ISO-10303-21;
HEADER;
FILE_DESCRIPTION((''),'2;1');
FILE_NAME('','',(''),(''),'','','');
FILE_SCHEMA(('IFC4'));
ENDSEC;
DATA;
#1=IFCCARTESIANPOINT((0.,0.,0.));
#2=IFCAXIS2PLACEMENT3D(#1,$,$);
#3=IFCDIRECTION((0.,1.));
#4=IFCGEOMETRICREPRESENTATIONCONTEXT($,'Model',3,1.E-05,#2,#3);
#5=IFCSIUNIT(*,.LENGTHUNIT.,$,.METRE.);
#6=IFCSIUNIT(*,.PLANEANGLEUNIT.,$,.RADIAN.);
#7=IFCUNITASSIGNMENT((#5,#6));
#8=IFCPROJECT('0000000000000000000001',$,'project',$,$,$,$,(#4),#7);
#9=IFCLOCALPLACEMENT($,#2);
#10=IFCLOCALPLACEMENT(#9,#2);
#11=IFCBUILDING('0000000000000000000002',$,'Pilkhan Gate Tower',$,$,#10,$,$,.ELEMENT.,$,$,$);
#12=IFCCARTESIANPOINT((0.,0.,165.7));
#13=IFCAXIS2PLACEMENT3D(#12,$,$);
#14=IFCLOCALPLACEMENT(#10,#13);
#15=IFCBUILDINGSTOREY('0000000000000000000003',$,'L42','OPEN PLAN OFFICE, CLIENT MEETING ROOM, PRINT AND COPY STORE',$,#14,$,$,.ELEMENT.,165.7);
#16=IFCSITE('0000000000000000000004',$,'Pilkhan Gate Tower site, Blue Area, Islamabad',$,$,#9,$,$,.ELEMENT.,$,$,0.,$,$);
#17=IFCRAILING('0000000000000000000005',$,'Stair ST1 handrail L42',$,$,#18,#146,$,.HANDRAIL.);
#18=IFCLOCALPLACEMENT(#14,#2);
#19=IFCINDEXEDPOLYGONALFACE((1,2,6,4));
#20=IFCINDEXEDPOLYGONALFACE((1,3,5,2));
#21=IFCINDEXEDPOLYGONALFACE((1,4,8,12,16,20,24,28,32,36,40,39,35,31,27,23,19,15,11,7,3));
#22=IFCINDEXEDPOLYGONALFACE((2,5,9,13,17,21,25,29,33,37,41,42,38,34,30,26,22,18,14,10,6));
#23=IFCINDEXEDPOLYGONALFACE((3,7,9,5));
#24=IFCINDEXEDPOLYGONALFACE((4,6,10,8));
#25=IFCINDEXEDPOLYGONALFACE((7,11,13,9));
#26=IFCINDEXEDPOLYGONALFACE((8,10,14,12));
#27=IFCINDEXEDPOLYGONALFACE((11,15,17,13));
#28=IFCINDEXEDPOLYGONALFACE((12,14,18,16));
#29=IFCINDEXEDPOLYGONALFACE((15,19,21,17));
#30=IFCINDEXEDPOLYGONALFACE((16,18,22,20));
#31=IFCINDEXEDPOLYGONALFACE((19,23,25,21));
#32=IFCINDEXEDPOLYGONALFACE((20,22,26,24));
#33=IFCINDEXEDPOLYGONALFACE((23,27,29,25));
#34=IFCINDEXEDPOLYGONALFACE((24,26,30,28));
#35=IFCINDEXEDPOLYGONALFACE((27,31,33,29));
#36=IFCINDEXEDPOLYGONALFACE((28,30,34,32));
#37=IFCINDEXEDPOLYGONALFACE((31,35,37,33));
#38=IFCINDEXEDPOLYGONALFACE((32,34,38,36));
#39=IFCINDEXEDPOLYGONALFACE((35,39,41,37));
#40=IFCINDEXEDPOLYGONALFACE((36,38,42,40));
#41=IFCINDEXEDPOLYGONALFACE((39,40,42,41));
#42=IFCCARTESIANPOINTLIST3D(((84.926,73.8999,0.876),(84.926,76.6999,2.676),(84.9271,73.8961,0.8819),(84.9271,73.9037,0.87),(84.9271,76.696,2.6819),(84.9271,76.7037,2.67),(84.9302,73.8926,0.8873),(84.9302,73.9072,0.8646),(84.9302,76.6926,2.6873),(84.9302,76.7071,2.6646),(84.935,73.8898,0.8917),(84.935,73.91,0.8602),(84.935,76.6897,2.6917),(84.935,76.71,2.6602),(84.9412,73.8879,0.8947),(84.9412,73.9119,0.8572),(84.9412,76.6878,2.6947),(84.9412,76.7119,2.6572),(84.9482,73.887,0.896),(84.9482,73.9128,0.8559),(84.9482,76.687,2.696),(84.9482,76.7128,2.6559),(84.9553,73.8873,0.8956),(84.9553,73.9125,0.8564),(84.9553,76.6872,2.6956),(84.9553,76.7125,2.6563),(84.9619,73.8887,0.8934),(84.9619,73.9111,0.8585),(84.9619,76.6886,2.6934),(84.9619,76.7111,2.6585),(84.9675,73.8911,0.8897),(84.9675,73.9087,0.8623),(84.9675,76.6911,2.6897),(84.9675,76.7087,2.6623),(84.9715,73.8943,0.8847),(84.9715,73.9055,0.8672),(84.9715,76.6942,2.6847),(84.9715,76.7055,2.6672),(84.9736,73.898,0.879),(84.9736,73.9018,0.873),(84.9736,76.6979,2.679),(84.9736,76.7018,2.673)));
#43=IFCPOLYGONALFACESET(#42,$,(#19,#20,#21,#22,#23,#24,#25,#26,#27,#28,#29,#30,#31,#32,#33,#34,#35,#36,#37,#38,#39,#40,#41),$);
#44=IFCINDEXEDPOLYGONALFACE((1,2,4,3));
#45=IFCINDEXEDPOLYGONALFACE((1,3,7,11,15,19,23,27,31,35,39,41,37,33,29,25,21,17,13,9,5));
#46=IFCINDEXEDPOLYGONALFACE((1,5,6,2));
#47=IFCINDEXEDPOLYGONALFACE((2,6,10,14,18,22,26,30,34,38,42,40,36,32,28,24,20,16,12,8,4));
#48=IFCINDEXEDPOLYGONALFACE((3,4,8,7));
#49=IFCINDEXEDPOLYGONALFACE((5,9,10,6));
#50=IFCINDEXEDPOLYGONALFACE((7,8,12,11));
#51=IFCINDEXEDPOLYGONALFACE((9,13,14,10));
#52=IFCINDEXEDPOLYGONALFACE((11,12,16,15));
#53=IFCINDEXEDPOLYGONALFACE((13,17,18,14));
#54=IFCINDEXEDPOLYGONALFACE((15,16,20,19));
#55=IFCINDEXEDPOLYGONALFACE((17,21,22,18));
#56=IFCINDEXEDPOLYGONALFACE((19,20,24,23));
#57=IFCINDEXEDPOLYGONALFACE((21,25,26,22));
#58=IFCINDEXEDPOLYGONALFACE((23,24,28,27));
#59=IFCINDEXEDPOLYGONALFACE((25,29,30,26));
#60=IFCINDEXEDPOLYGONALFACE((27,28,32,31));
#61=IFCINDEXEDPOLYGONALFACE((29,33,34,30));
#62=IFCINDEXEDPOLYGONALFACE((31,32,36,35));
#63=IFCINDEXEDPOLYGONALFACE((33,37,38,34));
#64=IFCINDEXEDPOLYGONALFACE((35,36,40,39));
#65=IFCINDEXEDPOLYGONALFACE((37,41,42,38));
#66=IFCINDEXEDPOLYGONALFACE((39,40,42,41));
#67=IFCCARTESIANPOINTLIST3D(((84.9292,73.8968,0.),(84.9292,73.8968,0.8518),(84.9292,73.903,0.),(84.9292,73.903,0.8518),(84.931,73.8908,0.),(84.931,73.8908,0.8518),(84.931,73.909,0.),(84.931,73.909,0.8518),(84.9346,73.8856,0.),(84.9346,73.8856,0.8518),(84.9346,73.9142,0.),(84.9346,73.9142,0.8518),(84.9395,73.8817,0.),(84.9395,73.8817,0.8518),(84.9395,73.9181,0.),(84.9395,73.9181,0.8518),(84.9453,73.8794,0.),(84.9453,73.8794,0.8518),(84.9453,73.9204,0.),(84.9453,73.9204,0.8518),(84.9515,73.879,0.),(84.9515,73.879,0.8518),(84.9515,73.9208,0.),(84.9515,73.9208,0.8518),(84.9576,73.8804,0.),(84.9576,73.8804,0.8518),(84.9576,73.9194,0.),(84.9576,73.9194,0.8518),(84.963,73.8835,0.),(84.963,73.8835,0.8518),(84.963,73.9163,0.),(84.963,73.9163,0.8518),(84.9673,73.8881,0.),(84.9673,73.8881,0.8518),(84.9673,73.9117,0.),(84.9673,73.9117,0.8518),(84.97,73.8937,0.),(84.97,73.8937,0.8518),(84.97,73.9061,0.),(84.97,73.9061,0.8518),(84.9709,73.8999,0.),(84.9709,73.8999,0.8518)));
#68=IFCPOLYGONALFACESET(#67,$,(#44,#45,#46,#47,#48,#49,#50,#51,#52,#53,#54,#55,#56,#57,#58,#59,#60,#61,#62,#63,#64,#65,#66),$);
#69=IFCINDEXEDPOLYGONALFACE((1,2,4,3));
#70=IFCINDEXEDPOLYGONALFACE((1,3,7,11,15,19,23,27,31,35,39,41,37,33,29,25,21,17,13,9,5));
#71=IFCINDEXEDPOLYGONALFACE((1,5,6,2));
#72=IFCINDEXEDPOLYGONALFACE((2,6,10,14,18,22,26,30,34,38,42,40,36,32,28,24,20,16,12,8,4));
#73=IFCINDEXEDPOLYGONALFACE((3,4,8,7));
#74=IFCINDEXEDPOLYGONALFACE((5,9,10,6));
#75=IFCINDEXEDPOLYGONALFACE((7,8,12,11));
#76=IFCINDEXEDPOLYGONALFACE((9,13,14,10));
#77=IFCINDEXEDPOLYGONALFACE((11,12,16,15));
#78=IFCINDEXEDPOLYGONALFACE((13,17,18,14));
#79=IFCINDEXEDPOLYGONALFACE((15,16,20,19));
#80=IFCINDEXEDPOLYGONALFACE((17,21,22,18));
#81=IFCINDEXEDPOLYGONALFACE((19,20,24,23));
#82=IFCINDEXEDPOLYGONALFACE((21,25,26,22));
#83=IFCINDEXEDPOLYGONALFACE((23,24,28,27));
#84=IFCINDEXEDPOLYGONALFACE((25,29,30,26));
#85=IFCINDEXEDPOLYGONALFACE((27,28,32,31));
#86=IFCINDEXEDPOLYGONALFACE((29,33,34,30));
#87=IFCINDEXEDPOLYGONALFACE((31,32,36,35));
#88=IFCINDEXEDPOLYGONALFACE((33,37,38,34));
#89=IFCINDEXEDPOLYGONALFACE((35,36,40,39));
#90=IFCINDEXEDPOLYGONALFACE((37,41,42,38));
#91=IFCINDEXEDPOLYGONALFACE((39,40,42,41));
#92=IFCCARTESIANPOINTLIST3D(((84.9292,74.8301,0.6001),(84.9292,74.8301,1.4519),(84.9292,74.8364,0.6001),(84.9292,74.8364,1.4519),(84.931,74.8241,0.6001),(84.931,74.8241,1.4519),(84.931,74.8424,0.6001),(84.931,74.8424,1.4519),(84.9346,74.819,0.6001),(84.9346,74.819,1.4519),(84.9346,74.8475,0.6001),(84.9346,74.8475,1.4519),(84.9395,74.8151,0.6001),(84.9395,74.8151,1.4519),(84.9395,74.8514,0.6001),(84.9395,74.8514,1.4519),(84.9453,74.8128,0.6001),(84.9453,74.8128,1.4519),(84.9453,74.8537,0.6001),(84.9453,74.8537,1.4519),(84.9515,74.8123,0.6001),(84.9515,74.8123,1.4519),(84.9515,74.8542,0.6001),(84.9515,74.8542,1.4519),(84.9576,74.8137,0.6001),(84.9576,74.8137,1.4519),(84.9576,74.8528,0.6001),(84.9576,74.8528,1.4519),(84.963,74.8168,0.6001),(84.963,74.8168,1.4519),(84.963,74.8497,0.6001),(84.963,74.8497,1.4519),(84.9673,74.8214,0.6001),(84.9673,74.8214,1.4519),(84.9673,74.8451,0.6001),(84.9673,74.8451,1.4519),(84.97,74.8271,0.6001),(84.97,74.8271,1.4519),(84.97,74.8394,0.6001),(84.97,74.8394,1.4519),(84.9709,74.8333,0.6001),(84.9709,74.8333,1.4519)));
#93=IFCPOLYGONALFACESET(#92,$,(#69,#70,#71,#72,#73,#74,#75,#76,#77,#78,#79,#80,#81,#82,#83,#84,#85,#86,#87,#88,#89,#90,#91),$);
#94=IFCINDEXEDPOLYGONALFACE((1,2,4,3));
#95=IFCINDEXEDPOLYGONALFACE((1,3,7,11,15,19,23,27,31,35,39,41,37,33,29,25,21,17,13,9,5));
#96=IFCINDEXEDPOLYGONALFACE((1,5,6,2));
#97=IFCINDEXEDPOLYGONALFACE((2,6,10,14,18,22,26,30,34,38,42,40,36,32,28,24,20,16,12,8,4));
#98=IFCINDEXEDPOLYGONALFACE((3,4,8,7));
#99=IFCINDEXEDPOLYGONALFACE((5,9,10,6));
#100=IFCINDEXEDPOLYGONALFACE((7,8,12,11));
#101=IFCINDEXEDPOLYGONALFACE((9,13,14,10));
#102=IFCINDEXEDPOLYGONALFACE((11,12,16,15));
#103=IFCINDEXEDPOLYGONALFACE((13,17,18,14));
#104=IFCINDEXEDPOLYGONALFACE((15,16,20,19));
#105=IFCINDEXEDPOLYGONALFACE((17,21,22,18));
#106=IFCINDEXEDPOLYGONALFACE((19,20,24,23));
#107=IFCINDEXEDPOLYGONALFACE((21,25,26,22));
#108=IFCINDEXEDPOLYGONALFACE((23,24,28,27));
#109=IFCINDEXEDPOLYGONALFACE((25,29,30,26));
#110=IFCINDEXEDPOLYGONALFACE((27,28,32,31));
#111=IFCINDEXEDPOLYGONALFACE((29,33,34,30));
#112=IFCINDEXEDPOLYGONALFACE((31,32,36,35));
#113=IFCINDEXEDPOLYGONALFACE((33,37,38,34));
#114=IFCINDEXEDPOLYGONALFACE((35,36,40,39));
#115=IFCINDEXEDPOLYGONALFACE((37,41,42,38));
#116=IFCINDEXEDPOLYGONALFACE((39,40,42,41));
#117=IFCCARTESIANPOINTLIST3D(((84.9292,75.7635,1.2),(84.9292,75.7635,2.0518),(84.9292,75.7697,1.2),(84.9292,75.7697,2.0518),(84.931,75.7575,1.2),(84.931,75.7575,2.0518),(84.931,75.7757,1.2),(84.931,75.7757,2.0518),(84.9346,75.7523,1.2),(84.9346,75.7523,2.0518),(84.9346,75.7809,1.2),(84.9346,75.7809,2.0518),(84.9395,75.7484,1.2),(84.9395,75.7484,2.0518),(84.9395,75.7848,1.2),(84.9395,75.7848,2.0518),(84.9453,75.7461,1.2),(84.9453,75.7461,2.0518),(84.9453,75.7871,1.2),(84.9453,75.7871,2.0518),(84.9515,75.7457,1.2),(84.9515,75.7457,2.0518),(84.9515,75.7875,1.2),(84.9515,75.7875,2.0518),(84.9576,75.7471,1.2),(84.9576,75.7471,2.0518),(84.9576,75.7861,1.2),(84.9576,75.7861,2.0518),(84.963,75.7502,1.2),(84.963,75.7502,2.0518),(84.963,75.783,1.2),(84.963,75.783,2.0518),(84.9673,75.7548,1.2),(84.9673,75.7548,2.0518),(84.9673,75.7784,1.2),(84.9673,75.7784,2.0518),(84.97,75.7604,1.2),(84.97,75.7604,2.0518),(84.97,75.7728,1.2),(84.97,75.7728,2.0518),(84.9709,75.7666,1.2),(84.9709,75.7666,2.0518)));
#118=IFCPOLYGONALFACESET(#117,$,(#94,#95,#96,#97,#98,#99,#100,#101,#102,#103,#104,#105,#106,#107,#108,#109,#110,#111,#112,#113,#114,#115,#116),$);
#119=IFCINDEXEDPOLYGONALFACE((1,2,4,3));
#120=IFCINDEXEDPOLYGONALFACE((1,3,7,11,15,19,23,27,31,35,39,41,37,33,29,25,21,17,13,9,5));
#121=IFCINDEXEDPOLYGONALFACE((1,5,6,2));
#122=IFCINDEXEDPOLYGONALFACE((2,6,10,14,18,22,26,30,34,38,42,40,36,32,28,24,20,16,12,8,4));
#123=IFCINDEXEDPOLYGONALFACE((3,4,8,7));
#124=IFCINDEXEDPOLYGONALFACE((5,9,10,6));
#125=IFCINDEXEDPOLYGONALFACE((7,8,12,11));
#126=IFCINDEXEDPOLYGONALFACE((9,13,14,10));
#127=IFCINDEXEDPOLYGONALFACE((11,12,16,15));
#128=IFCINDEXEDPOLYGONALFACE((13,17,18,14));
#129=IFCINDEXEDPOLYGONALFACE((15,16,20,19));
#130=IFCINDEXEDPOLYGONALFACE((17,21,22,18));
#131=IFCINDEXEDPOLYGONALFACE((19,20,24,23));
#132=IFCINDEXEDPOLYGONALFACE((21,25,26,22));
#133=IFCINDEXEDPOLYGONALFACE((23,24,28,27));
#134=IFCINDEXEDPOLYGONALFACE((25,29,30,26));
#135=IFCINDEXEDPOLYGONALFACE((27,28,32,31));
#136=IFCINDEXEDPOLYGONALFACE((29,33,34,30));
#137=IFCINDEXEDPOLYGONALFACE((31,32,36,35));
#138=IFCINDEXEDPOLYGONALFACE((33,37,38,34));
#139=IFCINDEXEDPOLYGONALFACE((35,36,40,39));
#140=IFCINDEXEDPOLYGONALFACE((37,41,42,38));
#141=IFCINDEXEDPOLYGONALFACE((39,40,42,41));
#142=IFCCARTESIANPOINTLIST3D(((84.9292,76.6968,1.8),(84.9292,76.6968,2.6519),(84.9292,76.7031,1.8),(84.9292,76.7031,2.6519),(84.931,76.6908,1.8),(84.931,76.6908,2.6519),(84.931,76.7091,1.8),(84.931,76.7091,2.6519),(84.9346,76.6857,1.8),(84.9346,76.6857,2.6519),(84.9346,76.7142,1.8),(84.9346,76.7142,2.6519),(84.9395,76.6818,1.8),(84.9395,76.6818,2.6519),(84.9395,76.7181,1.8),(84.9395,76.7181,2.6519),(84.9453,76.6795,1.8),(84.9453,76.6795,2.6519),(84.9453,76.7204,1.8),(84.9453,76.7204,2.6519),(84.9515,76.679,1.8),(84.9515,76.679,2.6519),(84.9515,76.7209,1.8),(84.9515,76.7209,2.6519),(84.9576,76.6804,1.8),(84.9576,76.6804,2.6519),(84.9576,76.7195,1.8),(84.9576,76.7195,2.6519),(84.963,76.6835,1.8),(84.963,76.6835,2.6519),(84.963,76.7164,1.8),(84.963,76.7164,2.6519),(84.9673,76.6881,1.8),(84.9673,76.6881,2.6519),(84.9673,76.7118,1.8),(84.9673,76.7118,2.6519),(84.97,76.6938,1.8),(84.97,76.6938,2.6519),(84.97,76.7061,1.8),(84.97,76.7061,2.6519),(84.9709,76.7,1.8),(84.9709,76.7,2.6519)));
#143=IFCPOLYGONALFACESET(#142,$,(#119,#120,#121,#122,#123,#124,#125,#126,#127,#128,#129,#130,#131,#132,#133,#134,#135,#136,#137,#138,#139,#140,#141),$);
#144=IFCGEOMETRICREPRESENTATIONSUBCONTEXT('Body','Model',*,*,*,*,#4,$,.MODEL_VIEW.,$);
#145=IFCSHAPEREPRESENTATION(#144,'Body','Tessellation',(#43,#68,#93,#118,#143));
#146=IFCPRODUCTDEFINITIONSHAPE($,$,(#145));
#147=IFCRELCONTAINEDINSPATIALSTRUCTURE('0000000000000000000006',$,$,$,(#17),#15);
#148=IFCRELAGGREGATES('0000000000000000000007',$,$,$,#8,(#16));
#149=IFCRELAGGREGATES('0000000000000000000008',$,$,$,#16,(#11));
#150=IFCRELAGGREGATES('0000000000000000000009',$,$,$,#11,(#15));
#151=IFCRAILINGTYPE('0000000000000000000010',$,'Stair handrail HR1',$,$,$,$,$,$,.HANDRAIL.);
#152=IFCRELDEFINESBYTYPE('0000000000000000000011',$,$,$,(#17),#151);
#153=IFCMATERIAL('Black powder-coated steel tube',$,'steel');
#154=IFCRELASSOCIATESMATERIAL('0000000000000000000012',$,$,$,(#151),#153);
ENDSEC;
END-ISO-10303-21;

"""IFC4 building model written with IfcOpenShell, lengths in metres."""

from ifc_helpers import new_model, si_unit, direction, frame, origin, origin_2d, place, context, subcontext, project, spatial, circle, extrude, material, type_object, element, save


model = new_model("IFC4")

# Units and contexts
model_context = context("Model", 3, precision=1e-05, world=origin(), true_north=direction((0.0, 1.0)))
body_context = subcontext(model_context, "Body", "Model", "MODEL_VIEW")
ifc_project = project(units=[si_unit("LENGTHUNIT", "METRE"), si_unit("PLANEANGLEUNIT", "RADIAN")], contexts=[model_context])

# Site, building, storey
site_placement = place(None, origin())
site = spatial("IfcSite", under=ifc_project, at=site_placement, Name="Pilkhan Gate Tower site, Blue Area, Islamabad", CompositionType="ELEMENT", RefElevation=0.0)
building_placement = place(site_placement, origin())
building = spatial("IfcBuilding", under=site, at=building_placement, Name="Pilkhan Gate Tower", CompositionType="ELEMENT")
storey_placement = place(building_placement, frame((0.0, 0.0, 165.7)))
storey = spatial("IfcBuildingStorey", under=building, at=storey_placement, Name="L42", Description="OPEN PLAN OFFICE, CLIENT MEETING ROOM, PRINT AND COPY STORE", CompositionType="ELEMENT", Elevation=165.7)

# Railing
ifc_material_1 = material(Name="Black powder-coated steel tube", Category="steel")
railing_type_1 = type_object("IfcRailingType", Name="Stair handrail HR1", PredefinedType="HANDRAIL", material=ifc_material_1)
railing_1_placement = place(storey_placement, frame((84.95, 73.8999, 0.0)))
element("IfcRailing", 1, at=railing_1_placement, inside=storey, type_object=railing_type_1, Name="Stair ST1 handrail L42", PredefinedType="HANDRAIL", context=body_context, shape_type="SweptSolid", body=[
    extrude(circle(Radius=0.0239, at=origin_2d()), frame((0.0, 0.0, 0.876), z_axis=(0.0, 0.841176, 0.540761), x_axis=(-1.0, 0.0, 0.0)), (0.0, 0.0, 1.0), 3.3286),
    extrude(circle(Radius=0.021, at=origin_2d()), origin(), (0.0, 0.0, 1.0), 0.8518),
    extrude(circle(Radius=0.021, at=origin_2d()), frame((0.0, 0.9333, 0.6001)), (0.0, 0.0, 1.0), 0.8518),
    extrude(circle(Radius=0.021, at=origin_2d()), frame((0.0, 1.8667, 1.2)), (0.0, 0.0, 1.0), 0.8518),
    extrude(circle(Radius=0.021, at=origin_2d()), frame((0.0, 2.8, 1.8)), (0.0, 0.0, 1.0), 0.8518),
])

save(model, "model.ifc")
